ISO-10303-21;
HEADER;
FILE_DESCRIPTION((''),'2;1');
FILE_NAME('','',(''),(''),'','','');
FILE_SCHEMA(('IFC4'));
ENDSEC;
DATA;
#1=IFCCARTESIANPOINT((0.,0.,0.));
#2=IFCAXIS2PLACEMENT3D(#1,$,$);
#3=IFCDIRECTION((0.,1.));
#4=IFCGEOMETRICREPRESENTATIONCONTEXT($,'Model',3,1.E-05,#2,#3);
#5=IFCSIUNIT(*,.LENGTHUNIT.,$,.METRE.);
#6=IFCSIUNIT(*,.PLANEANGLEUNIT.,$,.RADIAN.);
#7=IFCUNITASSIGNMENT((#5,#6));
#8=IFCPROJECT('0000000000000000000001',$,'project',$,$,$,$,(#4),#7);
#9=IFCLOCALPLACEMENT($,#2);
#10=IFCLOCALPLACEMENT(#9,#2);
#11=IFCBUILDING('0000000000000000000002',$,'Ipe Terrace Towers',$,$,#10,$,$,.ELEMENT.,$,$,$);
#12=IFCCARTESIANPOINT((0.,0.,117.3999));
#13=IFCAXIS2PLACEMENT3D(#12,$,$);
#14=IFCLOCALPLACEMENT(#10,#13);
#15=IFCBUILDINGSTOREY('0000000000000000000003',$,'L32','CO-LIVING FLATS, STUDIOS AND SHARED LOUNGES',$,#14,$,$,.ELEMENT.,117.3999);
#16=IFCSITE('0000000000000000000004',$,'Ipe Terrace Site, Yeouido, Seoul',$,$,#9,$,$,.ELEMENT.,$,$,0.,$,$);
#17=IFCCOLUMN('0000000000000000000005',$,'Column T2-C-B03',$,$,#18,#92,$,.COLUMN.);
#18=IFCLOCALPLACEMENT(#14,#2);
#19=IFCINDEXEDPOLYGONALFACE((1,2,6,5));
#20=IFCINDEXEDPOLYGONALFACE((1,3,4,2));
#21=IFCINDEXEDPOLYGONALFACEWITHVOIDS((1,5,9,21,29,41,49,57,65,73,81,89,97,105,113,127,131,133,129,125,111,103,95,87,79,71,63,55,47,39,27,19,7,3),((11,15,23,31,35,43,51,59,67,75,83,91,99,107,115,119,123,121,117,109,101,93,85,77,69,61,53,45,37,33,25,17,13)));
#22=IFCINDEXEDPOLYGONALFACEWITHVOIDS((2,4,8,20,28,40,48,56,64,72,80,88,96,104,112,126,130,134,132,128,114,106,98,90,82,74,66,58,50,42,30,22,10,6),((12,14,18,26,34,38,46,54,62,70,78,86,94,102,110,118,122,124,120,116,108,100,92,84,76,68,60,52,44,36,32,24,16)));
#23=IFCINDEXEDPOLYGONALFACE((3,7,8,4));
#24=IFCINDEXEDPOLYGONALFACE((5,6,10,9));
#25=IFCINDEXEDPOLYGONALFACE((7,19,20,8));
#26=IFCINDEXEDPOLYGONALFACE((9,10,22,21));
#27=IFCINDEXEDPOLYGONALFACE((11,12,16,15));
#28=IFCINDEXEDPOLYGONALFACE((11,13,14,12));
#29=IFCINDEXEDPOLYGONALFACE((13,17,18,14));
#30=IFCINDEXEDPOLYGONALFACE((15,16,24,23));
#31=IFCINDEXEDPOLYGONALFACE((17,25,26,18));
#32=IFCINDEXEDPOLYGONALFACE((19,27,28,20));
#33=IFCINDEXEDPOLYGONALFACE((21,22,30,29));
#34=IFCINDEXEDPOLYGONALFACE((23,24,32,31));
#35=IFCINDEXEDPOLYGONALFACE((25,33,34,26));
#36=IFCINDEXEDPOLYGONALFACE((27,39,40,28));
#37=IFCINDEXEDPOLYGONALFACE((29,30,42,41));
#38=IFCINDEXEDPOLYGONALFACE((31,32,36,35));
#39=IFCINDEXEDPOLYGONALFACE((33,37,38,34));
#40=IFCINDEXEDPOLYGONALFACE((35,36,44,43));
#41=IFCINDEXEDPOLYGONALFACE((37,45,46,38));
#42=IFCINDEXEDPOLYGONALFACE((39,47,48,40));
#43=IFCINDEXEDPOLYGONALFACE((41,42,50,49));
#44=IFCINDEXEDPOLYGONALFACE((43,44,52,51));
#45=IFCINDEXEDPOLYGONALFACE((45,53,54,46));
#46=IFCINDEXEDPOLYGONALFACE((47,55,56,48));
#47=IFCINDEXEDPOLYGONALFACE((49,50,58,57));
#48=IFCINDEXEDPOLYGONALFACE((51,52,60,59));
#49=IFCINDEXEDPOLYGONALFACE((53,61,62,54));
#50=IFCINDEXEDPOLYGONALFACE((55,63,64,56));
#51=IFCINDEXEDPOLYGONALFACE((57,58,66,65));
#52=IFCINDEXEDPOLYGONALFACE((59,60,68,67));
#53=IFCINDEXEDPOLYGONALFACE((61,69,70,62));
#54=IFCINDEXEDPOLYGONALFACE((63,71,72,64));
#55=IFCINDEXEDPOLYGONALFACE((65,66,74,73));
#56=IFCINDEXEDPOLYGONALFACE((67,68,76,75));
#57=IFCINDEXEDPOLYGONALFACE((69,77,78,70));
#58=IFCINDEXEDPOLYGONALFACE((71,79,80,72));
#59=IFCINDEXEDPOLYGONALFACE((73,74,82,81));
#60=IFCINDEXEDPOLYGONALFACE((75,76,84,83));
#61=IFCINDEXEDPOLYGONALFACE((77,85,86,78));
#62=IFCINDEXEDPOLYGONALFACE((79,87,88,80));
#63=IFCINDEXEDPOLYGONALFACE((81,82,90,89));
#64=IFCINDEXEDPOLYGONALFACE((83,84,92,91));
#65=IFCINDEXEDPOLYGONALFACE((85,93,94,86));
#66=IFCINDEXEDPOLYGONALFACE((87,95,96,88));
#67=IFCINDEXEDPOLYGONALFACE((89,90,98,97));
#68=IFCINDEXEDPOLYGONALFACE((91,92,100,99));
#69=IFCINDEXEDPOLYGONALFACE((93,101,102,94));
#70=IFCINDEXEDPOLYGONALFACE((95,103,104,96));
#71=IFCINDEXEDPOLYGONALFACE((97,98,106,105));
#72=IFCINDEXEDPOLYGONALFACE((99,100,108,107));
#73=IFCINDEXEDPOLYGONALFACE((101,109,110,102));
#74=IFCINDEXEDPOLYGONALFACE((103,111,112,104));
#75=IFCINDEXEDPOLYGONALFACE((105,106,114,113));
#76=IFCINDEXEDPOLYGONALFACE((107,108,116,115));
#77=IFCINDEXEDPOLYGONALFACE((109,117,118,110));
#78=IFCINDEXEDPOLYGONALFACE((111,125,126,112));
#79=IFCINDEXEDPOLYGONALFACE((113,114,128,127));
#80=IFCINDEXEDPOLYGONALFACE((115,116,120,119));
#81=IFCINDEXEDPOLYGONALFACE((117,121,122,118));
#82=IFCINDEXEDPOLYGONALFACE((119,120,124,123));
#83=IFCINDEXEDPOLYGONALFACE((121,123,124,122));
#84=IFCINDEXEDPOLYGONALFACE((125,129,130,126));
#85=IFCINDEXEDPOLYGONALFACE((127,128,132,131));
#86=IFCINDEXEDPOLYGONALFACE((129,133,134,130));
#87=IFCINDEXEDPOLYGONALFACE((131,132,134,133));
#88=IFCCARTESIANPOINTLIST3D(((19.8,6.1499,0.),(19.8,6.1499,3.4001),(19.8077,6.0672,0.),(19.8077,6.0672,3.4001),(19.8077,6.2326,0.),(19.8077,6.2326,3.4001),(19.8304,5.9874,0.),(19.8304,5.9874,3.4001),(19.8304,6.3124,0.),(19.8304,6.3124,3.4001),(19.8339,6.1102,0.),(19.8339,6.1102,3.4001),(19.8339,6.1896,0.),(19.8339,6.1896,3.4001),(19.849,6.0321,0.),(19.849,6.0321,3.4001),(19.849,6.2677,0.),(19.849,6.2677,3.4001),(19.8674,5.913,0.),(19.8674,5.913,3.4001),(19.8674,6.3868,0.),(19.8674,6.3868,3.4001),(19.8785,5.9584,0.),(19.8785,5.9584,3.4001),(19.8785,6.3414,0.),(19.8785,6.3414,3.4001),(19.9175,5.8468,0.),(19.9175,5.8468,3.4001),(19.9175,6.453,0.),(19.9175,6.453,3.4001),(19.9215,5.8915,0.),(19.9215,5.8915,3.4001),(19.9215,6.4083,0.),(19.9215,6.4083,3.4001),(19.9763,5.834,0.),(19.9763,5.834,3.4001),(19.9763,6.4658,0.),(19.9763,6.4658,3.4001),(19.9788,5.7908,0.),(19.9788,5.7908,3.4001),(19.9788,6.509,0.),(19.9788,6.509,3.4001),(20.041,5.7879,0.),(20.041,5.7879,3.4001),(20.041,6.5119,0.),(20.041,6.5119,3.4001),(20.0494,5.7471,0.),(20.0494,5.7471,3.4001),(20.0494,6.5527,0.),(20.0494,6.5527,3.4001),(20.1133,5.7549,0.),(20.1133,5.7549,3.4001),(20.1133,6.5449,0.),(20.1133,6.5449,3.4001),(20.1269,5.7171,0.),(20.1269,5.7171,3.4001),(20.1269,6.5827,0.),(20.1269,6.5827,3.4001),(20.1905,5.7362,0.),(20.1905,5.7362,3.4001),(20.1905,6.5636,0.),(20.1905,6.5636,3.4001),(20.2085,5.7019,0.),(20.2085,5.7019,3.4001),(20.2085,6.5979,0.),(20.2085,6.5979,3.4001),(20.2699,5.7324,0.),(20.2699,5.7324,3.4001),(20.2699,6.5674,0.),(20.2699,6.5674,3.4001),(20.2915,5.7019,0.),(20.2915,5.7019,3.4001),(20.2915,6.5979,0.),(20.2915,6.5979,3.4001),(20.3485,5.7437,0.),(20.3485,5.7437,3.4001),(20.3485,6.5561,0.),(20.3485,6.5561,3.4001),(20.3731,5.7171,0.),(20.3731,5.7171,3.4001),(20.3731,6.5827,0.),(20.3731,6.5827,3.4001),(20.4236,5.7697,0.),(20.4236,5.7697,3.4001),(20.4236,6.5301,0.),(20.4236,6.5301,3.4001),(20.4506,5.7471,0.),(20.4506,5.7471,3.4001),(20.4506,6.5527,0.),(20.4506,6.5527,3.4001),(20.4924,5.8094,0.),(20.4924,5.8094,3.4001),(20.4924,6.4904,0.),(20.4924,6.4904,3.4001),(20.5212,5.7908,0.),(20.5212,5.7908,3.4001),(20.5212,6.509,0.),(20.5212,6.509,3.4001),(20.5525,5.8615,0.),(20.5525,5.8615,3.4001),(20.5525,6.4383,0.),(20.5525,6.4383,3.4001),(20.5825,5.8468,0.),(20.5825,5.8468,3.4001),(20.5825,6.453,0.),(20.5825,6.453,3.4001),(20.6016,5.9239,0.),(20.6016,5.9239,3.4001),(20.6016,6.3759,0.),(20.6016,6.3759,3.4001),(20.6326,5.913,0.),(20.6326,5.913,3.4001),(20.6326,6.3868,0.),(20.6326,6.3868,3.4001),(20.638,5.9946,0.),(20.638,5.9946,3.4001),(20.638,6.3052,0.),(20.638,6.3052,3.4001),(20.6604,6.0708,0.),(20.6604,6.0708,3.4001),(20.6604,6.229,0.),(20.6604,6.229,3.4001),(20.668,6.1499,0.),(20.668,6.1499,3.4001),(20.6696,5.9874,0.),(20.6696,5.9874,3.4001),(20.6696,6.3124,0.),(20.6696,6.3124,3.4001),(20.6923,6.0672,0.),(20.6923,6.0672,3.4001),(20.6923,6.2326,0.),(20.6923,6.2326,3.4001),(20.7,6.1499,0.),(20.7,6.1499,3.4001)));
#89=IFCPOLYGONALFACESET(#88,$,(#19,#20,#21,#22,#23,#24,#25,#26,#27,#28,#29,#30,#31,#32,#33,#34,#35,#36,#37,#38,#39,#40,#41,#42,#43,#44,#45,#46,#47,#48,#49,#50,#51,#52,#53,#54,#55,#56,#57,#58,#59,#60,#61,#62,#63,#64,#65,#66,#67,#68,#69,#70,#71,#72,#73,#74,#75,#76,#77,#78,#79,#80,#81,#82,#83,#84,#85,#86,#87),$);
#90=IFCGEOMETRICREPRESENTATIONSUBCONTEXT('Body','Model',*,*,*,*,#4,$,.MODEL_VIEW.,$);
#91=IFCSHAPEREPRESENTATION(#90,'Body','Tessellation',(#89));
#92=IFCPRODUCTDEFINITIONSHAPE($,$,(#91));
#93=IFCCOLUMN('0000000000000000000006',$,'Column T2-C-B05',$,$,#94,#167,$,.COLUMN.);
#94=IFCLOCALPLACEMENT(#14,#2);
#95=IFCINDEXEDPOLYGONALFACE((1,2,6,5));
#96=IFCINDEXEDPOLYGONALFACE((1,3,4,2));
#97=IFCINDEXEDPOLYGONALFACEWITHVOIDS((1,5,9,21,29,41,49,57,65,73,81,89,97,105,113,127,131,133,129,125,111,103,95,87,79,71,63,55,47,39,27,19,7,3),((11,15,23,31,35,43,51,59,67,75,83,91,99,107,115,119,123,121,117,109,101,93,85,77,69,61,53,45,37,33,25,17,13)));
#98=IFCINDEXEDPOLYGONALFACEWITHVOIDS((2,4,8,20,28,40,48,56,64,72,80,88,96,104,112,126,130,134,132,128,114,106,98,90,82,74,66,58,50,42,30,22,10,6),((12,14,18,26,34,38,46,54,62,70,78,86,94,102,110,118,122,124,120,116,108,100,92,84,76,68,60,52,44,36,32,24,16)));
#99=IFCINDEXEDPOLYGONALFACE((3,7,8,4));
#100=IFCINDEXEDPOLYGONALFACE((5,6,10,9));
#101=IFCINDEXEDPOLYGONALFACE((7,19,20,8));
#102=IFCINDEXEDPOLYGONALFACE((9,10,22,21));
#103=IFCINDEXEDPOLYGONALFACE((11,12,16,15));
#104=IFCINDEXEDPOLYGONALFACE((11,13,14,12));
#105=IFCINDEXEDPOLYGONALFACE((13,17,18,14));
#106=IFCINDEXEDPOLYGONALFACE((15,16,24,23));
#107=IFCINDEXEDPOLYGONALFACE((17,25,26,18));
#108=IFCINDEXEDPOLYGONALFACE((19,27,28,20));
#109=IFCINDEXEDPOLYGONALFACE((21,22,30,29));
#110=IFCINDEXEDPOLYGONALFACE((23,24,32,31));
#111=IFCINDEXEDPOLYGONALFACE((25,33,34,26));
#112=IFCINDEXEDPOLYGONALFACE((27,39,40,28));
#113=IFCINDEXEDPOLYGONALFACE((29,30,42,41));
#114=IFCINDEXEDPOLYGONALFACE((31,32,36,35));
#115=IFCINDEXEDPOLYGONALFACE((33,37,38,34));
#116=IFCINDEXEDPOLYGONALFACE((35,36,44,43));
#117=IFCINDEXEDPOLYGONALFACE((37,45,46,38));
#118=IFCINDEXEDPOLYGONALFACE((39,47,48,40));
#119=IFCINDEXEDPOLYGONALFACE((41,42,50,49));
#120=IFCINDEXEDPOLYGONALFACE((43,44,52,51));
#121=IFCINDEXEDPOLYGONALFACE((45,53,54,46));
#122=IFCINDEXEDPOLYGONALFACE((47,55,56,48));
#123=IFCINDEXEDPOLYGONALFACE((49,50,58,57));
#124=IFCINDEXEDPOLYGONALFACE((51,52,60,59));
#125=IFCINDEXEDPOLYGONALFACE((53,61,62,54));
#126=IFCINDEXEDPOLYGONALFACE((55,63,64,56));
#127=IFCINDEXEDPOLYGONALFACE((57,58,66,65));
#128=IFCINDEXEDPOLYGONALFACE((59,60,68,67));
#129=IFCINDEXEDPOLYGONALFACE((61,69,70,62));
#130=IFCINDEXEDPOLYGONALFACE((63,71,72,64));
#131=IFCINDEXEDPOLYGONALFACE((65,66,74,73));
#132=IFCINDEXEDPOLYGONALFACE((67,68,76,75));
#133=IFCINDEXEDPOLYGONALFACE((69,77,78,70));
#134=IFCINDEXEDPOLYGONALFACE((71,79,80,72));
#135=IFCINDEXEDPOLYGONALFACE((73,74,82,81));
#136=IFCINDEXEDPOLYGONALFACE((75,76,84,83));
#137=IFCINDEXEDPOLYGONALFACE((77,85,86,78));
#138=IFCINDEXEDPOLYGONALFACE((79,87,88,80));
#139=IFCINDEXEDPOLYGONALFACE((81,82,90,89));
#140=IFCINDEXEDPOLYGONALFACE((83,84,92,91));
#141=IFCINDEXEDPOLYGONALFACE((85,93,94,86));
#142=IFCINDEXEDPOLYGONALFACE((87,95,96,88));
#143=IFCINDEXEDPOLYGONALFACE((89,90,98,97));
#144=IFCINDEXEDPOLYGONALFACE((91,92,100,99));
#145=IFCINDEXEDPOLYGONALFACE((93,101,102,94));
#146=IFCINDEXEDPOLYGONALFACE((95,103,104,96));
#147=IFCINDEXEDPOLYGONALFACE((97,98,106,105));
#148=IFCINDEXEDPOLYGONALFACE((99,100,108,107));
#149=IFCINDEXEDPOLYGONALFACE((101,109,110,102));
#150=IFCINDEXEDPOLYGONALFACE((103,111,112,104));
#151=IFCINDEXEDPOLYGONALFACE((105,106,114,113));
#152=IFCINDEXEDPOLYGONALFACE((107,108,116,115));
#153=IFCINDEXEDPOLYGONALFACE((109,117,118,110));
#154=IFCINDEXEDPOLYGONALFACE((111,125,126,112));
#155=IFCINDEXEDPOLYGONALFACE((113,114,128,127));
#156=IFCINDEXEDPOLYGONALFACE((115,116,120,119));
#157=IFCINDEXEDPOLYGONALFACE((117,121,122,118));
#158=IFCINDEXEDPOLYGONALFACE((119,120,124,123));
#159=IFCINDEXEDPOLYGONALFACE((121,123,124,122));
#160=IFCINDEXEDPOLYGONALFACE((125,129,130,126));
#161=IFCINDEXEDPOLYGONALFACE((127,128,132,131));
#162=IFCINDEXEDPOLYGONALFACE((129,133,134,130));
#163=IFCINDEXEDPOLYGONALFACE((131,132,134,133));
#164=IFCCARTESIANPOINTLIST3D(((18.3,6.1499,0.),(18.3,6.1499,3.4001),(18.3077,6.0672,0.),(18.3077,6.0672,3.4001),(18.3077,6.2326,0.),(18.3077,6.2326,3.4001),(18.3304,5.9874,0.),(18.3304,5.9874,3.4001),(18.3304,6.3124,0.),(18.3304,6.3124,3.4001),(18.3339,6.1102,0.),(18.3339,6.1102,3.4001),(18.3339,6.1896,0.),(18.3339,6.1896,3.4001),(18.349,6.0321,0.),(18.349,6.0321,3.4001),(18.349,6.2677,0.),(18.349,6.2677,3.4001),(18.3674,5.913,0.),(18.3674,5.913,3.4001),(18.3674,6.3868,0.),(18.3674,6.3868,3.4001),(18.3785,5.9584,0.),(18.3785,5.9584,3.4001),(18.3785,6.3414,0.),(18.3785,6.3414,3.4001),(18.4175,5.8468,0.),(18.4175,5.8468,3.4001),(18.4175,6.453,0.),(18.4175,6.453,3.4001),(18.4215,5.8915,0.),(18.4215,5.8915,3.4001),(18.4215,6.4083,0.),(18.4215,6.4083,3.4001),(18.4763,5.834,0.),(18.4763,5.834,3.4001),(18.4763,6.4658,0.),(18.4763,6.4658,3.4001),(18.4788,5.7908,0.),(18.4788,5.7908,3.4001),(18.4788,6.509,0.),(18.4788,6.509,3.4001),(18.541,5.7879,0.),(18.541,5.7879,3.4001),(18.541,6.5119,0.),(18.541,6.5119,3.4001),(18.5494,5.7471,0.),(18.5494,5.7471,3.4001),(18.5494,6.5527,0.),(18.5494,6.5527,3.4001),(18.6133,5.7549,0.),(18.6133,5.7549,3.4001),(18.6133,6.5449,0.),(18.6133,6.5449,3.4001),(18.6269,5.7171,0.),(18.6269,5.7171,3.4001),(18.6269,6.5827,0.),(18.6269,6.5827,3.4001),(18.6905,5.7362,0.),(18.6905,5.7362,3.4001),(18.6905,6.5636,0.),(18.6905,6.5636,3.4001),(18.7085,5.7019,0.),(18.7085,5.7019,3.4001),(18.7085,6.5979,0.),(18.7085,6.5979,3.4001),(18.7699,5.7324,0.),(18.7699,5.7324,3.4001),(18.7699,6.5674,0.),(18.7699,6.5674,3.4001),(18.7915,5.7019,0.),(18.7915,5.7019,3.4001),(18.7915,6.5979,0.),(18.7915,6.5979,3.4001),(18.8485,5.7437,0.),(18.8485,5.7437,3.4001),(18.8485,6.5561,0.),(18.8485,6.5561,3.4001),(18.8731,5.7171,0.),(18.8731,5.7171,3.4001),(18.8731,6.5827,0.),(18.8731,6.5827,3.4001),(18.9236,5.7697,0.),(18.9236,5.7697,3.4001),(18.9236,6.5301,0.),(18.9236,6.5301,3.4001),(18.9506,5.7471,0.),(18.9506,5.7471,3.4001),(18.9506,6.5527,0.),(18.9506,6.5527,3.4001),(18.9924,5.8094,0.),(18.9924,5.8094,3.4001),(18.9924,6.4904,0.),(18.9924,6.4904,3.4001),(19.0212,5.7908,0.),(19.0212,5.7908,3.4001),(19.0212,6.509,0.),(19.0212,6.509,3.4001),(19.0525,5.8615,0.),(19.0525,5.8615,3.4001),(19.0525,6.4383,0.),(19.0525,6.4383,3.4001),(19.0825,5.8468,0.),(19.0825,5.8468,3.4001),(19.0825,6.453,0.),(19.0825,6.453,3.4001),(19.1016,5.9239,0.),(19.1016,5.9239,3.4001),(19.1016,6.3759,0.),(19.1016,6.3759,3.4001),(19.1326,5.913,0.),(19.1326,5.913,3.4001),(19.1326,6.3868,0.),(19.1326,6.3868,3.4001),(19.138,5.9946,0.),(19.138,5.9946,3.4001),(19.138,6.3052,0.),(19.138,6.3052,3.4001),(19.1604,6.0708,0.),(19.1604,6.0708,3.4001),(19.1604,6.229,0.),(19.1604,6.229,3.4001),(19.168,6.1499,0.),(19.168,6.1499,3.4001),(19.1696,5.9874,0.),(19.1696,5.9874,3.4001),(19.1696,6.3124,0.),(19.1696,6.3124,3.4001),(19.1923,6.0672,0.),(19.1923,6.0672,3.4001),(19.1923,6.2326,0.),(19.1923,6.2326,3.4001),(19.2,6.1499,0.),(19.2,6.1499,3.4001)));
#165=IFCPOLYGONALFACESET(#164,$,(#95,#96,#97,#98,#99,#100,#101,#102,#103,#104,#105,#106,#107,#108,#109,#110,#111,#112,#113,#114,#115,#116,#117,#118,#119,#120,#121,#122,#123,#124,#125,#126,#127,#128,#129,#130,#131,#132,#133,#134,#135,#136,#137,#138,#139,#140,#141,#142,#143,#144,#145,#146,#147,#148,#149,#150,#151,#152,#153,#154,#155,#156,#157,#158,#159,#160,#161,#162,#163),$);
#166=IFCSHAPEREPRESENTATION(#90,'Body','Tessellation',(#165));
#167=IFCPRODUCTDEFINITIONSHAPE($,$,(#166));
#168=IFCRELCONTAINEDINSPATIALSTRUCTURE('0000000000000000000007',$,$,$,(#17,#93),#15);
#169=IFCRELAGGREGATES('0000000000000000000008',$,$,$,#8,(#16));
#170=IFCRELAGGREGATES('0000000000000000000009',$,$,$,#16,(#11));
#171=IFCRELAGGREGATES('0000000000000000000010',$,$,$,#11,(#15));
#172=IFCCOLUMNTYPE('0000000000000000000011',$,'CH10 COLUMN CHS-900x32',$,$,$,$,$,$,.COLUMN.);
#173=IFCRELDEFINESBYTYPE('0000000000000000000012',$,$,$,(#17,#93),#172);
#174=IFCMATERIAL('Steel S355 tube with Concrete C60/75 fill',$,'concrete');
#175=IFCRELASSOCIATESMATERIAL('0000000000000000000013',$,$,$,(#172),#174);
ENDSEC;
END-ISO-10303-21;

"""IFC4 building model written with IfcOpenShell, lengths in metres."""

from ifc_helpers import new_model, si_unit, direction, frame, origin, origin_2d, place, context, subcontext, project, spatial, hollow_circle, extrude, material, material_profile, profile_set, type_object, element, save


model = new_model("IFC4")

# Units and contexts
model_context = context("Model", 3, precision=1e-05, world=origin(), true_north=direction((0.0, 1.0)))
body_context = subcontext(model_context, "Body", "Model", "MODEL_VIEW")
ifc_project = project(units=[si_unit("LENGTHUNIT", "METRE"), si_unit("PLANEANGLEUNIT", "RADIAN")], contexts=[model_context])

# Site, building, storey
site_placement = place(None, origin())
site = spatial("IfcSite", under=ifc_project, at=site_placement, Name="Ipe Terrace Site, Yeouido, Seoul", CompositionType="ELEMENT", RefElevation=0.0)
building_placement = place(site_placement, origin())
building = spatial("IfcBuilding", under=site, at=building_placement, Name="Ipe Terrace Towers", CompositionType="ELEMENT")
storey_placement = place(building_placement, frame((0.0, 0.0, 117.3999)))
storey = spatial("IfcBuildingStorey", under=building, at=storey_placement, Name="L32", Description="CO-LIVING FLATS, STUDIOS AND SHARED LOUNGES", CompositionType="ELEMENT", Elevation=117.3999)

# Columns
ifc_material_1 = material(Name="Steel S355 tube with Concrete C60/75 fill", Category="concrete")
ifc_material_profile_1 = material_profile(ifc_material_1, hollow_circle(Radius=0.45, WallThickness=0.032, at=origin_2d()), Name="CHS-900x32")
ifc_profile_set_1 = profile_set([ifc_material_profile_1], Name="Steel S355 tube with Concrete C60/75 fill")
column_type = type_object("IfcColumnType", Name="CH10 COLUMN CHS-900x32", PredefinedType="COLUMN", material=ifc_profile_set_1)
for number, where, z_axis, x_axis, name in (
    (1, (20.25, 6.1499, 0.0), (0.0, 0.0, 1.0), (1.0, 0.0, 0.0), "Column T2-C-B03"),
    (2, (18.75, 6.1499, 0.0), (0.0, 0.0, 1.0), (1.0, 0.0, 0.0), "Column T2-C-B05"),
):
    element("IfcColumn", number, at=place(storey_placement, frame(where, z_axis=z_axis, x_axis=x_axis)), inside=storey, type_object=column_type, Name=name, PredefinedType="COLUMN", context=body_context, shape_type="SweptSolid", body=[
        extrude(hollow_circle(Radius=0.45, WallThickness=0.032, at=origin_2d()), origin(), (0.0, 0.0, 1.0), 3.4001),
    ])

save(model, "model.ifc")
